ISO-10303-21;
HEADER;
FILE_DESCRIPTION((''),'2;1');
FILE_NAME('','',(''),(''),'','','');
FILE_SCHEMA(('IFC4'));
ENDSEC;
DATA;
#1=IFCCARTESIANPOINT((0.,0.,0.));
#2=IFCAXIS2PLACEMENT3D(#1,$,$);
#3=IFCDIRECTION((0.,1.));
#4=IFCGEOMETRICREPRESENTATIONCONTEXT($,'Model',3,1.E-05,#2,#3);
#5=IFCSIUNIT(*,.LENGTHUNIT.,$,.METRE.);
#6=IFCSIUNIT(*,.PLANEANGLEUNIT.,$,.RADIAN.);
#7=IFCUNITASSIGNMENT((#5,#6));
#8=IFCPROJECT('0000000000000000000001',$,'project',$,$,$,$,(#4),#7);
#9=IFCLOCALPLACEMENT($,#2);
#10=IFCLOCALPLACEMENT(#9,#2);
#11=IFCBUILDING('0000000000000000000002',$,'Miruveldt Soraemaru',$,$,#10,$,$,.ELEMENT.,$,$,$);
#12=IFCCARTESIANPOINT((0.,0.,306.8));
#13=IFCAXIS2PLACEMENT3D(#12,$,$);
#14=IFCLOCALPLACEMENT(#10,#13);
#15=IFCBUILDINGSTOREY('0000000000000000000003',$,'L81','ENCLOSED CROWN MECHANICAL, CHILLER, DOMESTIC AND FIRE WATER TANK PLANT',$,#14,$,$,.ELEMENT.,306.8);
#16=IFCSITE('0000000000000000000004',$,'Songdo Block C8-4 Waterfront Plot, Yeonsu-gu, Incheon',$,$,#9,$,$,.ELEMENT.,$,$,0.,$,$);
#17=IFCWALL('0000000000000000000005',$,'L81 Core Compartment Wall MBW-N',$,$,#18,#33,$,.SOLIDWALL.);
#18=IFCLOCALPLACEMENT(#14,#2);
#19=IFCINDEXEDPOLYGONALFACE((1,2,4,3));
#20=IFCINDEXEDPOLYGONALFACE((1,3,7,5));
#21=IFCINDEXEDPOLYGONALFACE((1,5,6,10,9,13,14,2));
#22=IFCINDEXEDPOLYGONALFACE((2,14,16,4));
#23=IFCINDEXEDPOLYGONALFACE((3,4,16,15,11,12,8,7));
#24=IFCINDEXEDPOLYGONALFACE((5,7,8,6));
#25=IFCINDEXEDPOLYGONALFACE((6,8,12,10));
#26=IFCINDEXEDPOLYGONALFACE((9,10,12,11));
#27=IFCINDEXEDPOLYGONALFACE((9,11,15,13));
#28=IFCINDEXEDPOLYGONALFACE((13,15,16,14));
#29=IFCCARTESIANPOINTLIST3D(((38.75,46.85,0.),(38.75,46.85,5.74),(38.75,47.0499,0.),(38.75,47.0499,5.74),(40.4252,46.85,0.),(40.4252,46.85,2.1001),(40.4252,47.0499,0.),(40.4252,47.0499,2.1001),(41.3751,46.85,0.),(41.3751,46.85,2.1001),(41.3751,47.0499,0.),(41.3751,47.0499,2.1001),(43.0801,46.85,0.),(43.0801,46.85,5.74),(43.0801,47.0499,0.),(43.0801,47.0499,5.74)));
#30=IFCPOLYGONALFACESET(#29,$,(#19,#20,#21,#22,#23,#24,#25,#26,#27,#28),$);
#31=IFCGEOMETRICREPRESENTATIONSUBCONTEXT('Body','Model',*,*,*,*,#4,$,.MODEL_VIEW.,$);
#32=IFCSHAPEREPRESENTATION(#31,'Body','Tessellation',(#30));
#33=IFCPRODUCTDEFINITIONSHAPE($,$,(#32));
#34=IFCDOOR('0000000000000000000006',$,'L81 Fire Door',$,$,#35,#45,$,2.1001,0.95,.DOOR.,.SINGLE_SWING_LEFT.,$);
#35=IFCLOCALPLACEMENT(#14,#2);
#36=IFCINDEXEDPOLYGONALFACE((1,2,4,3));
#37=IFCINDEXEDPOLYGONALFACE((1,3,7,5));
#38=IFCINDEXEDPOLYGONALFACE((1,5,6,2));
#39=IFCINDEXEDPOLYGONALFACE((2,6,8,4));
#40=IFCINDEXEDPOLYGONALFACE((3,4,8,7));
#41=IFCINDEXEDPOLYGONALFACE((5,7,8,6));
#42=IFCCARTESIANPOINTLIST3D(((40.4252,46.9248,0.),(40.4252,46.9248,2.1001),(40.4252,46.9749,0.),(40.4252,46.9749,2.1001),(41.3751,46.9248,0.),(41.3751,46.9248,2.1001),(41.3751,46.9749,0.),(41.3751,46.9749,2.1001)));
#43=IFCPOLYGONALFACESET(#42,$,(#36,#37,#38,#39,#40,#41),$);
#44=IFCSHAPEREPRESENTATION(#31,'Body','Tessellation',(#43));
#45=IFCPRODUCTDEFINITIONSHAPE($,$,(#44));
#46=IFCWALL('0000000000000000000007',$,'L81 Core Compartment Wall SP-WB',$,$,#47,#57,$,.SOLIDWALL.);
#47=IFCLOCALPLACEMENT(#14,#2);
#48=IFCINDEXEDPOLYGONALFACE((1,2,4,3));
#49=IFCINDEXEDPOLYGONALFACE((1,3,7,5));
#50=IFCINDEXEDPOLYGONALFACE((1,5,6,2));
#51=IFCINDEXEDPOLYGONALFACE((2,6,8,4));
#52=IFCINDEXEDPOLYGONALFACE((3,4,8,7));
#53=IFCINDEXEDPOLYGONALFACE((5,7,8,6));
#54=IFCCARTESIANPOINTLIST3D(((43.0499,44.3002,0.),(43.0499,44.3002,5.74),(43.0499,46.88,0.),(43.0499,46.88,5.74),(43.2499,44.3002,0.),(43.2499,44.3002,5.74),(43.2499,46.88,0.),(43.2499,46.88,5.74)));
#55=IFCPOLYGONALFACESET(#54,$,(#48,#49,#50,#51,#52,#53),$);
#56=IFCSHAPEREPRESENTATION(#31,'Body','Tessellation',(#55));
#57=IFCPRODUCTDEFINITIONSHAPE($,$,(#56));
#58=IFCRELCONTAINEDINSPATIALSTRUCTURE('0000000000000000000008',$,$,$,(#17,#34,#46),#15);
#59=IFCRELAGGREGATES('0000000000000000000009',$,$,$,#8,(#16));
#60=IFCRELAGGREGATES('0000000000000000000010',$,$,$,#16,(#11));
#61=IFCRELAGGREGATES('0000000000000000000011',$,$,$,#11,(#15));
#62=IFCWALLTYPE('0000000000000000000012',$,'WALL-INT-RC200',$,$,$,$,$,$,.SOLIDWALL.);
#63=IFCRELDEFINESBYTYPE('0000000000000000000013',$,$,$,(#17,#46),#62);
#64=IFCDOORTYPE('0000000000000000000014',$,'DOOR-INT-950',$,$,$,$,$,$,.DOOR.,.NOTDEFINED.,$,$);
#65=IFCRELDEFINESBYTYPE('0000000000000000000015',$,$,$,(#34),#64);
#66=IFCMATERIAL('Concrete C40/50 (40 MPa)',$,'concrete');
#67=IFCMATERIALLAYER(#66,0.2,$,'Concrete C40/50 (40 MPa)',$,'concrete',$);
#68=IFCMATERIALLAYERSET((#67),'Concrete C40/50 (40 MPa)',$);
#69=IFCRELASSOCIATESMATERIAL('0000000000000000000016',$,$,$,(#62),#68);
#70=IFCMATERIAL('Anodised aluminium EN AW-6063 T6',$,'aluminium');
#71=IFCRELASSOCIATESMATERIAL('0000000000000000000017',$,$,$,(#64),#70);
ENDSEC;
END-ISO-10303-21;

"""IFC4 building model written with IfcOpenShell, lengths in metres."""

from ifc_helpers import new_model, si_unit, direction, frame, frame_2d, origin, place, context, subcontext, project, spatial, rectangle, extrude, material, layer, layer_set, type_object, element, fill, save


model = new_model("IFC4")

# Units and contexts
model_context = context("Model", 3, precision=1e-05, world=origin(), true_north=direction((0.0, 1.0)))
body_context = subcontext(model_context, "Body", "Model", "MODEL_VIEW")
ifc_project = project(units=[si_unit("LENGTHUNIT", "METRE"), si_unit("PLANEANGLEUNIT", "RADIAN")], contexts=[model_context])

# Site, building, storey
site_placement = place(None, origin())
site = spatial("IfcSite", under=ifc_project, at=site_placement, Name="Songdo Block C8-4 Waterfront Plot, Yeonsu-gu, Incheon", CompositionType="ELEMENT", RefElevation=0.0)
building_placement = place(site_placement, origin())
building = spatial("IfcBuilding", under=site, at=building_placement, Name="Miruveldt Soraemaru", CompositionType="ELEMENT")
storey_placement = place(building_placement, frame((0.0, 0.0, 306.8)))
storey = spatial("IfcBuildingStorey", under=building, at=storey_placement, Name="L81", Description="ENCLOSED CROWN MECHANICAL, CHILLER, DOMESTIC AND FIRE WATER TANK PLANT", CompositionType="ELEMENT", Elevation=306.8)

# Shared definitions
ifc_material_1 = material(Name="Concrete C40/50 (40 MPa)", Category="concrete")

# Shared definitions
ifc_material_2 = material(Name="Anodised aluminium EN AW-6063 T6", Category="aluminium")

# Wall, opening, door
ifc_layer_1 = layer(ifc_material_1, 0.2, Name="Concrete C40/50 (40 MPa)", Category="concrete")
ifc_layer_set_1 = layer_set([ifc_layer_1], Name="Concrete C40/50 (40 MPa)")
wall_type_1 = type_object("IfcWallType", Name="WALL-INT-RC200", PredefinedType="SOLIDWALL", material=ifc_layer_set_1)
wall_1_placement = place(storey_placement, frame((38.75, 46.95, 0.0), z_axis=(0.0, 0.0, 1.0), x_axis=(1.0, 0.0, 0.0)))
wall_1 = element("IfcWall", 1, at=wall_1_placement, inside=storey, type_object=wall_type_1, Name="L81 Core Compartment Wall MBW-N", PredefinedType="SOLIDWALL", context=body_context, shape_type="SweptSolid", body=[
    extrude(rectangle(XDim=4.3301, YDim=0.2, at=frame_2d((2.165, 0.0))), origin(), (0.0, 0.0, 1.0), 5.74),
])
opening_1_placement = place(wall_1_placement, frame((1.675, 0.0, 0.0)))
opening_1 = element("IfcOpeningElement", 2, at=opening_1_placement, cuts=wall_1, PredefinedType="OPENING", context=body_context, shape_type="SweptSolid", body=[
    extrude(rectangle(XDim=0.95, YDim=2.1001, at=frame_2d((0.4751, 1.05))), frame((0.0, 0.1099, 0.0), z_axis=(0.0, -1.0, 0.0), x_axis=(1.0, 0.0, 0.0)), (0.0, 0.0, 1.0), 0.22),
])
door_type_1 = type_object("IfcDoorType", Name="DOOR-INT-950", OperationType="NOTDEFINED", PredefinedType="DOOR", material=ifc_material_2)
door_1_placement = place(opening_1_placement, origin())
door_1 = element("IfcDoor", 3, at=door_1_placement, inside=storey, type_object=door_type_1, Name="L81 Fire Door", OperationType="SINGLE_SWING_LEFT", OverallHeight=2.1001, OverallWidth=0.95, PredefinedType="DOOR", context=body_context, shape_type="SweptSolid", body=[
    extrude(rectangle(XDim=0.95, YDim=2.1001, at=frame_2d((0.4751, 1.05))), frame((0.0, 0.0249, 0.0), z_axis=(0.0, -1.0, 0.0), x_axis=(1.0, 0.0, 0.0)), (0.0, 0.0, 1.0), 0.05),
])
fill(opening_1, door_1)

# Wall
wall_2_placement = place(storey_placement, frame((43.1499, 44.3, 0.0), z_axis=(0.0, 0.0, 1.0), x_axis=(0.0, 1.0, 0.0)))
element("IfcWall", 4, at=wall_2_placement, inside=storey, type_object=wall_type_1, Name="L81 Core Compartment Wall SP-WB", PredefinedType="SOLIDWALL", context=body_context, shape_type="SweptSolid", body=[
    extrude(rectangle(XDim=2.5798, YDim=0.2, at=frame_2d((1.29, 0.0))), origin(), (0.0, 0.0, 1.0), 5.74),
])

save(model, "model.ifc")
